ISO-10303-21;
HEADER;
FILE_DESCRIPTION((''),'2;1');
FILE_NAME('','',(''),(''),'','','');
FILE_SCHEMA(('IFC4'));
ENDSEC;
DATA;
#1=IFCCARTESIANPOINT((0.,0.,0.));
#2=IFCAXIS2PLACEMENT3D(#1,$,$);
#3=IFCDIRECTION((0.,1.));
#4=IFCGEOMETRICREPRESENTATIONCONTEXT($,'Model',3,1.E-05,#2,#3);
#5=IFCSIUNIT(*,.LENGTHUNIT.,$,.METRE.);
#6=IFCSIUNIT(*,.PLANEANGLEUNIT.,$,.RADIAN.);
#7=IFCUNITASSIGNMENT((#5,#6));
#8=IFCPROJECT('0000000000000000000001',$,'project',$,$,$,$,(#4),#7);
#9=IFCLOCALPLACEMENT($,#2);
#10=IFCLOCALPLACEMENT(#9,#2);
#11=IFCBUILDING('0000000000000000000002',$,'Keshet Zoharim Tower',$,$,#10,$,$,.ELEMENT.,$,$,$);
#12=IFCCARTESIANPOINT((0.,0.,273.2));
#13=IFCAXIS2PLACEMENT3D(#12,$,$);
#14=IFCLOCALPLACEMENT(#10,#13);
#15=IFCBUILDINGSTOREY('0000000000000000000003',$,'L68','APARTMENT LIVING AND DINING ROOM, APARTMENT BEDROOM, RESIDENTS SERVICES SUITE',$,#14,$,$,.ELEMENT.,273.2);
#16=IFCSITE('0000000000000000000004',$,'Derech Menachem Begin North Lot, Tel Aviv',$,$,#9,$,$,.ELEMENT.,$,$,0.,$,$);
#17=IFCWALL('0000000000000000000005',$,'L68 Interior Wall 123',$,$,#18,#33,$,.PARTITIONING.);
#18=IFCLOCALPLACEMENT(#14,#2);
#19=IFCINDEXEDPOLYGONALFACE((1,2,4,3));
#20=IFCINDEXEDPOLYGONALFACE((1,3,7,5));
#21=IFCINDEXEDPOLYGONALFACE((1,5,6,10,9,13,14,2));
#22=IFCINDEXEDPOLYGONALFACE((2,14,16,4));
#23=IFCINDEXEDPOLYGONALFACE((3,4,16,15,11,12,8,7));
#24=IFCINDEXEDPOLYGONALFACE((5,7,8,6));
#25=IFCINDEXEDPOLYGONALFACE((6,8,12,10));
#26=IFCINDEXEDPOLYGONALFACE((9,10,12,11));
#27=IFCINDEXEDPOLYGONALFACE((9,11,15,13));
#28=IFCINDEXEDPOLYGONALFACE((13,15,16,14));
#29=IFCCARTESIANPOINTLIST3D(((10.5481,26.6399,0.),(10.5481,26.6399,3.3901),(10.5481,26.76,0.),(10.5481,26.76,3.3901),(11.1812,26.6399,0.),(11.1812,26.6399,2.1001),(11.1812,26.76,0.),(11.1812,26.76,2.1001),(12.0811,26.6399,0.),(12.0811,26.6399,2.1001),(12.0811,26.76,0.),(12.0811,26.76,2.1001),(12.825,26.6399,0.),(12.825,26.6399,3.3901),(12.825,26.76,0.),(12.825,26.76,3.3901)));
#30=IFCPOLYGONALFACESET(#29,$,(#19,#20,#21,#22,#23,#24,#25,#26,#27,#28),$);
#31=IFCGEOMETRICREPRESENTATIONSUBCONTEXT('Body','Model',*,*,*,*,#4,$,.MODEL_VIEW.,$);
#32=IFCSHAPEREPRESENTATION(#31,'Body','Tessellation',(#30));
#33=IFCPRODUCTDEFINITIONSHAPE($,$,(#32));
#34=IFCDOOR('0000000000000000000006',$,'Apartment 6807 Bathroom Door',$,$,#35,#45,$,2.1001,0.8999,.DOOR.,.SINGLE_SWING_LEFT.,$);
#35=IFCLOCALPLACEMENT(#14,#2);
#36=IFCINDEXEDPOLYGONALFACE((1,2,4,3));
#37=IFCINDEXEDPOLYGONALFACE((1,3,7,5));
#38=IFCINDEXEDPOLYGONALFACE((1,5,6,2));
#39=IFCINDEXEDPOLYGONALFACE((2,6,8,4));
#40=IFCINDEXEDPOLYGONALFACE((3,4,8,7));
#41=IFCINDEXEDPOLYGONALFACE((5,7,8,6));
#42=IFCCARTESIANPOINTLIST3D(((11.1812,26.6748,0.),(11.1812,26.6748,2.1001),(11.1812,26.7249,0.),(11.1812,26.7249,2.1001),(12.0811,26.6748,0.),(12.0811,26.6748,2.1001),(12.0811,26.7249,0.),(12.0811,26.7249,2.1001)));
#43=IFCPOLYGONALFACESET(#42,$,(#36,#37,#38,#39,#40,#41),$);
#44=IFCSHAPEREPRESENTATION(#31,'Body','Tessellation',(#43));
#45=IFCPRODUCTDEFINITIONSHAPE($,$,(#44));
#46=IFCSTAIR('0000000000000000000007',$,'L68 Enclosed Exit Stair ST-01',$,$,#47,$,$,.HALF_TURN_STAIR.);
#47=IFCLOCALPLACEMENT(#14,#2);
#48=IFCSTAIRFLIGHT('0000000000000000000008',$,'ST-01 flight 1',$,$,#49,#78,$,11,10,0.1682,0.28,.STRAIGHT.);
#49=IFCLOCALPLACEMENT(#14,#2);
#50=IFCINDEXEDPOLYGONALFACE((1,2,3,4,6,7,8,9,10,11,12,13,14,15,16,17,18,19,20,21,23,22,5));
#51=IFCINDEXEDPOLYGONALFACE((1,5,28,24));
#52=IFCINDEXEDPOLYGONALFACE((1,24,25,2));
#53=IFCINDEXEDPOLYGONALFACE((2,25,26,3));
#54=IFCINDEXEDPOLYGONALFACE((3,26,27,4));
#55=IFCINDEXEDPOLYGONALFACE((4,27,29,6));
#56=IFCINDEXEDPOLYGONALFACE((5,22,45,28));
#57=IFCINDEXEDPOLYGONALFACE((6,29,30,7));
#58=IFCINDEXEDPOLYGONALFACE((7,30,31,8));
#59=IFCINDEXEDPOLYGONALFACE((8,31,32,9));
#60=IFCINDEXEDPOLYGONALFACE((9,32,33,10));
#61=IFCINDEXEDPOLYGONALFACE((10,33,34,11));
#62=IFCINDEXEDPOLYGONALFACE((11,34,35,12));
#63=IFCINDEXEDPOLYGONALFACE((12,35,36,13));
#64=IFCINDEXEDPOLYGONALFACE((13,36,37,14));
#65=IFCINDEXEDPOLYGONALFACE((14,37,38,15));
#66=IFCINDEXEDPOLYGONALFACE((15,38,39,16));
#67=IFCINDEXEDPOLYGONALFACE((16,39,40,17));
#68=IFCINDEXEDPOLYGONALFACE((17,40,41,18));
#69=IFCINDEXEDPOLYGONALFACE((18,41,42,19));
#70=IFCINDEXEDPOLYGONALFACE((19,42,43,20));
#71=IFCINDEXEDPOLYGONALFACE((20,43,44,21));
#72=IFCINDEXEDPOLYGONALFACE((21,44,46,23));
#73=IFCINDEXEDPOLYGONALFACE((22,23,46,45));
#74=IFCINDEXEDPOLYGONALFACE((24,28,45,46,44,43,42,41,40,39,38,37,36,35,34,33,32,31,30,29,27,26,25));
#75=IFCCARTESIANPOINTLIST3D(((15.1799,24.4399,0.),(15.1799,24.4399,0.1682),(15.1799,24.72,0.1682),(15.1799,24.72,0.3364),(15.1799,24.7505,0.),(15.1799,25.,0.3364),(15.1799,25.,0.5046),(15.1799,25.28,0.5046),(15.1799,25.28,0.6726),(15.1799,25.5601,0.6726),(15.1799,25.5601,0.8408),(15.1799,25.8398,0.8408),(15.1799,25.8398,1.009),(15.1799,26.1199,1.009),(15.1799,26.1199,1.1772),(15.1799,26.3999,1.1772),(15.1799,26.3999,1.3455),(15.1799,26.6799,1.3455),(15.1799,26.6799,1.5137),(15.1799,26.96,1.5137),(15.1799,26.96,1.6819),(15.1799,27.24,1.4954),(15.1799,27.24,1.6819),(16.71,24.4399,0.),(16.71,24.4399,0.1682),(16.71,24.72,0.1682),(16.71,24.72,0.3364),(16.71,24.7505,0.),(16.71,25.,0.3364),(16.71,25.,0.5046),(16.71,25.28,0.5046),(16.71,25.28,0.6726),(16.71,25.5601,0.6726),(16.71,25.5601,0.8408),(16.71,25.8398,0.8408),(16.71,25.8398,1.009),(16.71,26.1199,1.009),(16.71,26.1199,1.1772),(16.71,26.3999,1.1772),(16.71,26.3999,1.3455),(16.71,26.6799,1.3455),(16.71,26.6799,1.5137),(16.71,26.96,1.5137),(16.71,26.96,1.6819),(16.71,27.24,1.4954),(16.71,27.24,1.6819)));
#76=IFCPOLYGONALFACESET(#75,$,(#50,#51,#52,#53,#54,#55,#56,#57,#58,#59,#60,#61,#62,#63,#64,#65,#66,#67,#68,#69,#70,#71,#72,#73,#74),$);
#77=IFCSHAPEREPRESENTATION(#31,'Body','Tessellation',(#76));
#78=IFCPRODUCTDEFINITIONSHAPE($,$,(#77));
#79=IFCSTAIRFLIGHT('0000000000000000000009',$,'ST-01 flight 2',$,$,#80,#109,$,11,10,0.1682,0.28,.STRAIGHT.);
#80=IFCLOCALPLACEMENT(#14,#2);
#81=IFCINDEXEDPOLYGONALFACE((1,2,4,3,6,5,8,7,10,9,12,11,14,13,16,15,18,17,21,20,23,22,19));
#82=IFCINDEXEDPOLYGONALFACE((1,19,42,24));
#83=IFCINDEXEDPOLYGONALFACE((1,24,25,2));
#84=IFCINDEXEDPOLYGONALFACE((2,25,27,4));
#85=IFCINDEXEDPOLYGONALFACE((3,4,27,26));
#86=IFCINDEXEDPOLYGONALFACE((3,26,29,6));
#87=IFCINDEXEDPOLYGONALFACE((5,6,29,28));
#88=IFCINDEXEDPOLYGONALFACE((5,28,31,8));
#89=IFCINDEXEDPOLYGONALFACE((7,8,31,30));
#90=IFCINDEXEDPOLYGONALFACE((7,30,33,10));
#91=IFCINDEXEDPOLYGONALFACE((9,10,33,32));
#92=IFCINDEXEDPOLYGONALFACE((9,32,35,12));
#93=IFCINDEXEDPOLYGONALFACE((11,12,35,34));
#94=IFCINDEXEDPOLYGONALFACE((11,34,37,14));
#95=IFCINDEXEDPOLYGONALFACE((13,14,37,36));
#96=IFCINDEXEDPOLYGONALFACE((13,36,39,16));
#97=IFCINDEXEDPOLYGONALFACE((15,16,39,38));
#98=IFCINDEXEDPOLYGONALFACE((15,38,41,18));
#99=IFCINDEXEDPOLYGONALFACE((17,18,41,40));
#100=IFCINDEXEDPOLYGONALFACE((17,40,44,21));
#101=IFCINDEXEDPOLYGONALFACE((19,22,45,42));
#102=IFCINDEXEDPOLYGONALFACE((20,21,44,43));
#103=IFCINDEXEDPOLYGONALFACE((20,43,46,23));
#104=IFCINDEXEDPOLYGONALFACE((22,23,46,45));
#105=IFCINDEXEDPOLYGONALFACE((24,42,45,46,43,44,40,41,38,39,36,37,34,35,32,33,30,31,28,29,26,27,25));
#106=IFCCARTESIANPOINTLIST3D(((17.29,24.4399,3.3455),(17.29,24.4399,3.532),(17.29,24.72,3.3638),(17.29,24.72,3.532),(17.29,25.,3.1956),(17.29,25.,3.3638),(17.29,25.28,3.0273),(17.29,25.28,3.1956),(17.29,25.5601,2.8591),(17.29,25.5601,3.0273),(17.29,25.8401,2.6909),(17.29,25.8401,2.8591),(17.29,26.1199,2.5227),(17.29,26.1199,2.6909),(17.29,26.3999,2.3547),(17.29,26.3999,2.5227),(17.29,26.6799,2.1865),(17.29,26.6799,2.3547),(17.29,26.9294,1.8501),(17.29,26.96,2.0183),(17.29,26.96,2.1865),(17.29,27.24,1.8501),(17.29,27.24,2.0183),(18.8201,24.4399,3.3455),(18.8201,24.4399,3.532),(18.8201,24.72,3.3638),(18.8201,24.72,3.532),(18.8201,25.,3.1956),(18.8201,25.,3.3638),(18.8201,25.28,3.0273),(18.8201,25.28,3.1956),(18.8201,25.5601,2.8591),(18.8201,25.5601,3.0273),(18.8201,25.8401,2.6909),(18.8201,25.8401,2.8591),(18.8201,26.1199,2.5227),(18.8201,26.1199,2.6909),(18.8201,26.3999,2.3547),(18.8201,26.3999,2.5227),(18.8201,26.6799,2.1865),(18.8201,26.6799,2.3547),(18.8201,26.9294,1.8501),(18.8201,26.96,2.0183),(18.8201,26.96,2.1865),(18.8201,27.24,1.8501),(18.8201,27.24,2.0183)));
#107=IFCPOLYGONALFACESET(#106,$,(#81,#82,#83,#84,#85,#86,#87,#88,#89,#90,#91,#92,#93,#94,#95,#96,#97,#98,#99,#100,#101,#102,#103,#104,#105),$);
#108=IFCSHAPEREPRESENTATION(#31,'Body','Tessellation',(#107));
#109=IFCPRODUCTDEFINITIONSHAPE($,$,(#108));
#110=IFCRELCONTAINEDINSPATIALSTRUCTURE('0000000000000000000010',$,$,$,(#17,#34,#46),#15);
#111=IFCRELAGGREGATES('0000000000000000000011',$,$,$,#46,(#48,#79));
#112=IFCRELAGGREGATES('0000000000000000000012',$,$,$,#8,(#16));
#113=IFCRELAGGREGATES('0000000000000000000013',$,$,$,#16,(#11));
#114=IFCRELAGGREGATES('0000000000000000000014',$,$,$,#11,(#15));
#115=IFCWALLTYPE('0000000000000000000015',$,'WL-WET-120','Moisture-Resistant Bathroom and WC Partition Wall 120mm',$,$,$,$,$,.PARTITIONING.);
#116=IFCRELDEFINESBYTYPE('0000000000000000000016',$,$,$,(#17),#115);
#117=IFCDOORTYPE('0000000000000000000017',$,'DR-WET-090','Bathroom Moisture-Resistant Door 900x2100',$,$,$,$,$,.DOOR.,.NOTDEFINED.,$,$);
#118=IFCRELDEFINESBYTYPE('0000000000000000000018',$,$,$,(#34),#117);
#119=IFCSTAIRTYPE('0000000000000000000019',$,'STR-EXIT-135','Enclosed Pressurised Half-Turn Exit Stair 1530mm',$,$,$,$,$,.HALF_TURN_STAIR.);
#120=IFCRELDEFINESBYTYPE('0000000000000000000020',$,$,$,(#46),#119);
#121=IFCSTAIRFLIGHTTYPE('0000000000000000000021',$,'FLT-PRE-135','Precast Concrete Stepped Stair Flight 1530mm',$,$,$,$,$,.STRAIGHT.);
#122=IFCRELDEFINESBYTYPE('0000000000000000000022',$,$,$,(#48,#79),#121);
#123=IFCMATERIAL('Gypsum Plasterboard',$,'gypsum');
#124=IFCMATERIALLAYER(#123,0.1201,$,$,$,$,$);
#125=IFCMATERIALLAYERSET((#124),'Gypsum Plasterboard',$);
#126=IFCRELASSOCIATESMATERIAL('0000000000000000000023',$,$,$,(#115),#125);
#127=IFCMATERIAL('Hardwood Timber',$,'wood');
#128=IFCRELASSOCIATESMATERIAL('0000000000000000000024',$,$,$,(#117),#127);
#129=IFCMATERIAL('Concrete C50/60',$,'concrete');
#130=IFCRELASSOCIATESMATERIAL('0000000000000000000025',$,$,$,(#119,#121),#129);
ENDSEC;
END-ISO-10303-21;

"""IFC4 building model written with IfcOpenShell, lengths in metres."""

from ifc_helpers import new_model, si_unit, direction, frame, frame_2d, origin, place, context, subcontext, project, spatial, polyline, rectangle, outline, extrude, material, layer, layer_set, type_object, element, fill, aggregate, save


model = new_model("IFC4")

# Units and contexts
model_context = context("Model", 3, precision=1e-05, world=origin(), true_north=direction((0.0, 1.0)))
body_context = subcontext(model_context, "Body", "Model", "MODEL_VIEW")
ifc_project = project(units=[si_unit("LENGTHUNIT", "METRE"), si_unit("PLANEANGLEUNIT", "RADIAN")], contexts=[model_context])

# Site, building, storey
site_placement = place(None, origin())
site = spatial("IfcSite", under=ifc_project, at=site_placement, Name="Derech Menachem Begin North Lot, Tel Aviv", CompositionType="ELEMENT", RefElevation=0.0)
building_placement = place(site_placement, origin())
building = spatial("IfcBuilding", under=site, at=building_placement, Name="Keshet Zoharim Tower", CompositionType="ELEMENT")
storey_placement = place(building_placement, frame((0.0, 0.0, 273.2)))
storey = spatial("IfcBuildingStorey", under=building, at=storey_placement, Name="L68", Description="APARTMENT LIVING AND DINING ROOM, APARTMENT BEDROOM, RESIDENTS SERVICES SUITE", CompositionType="ELEMENT", Elevation=273.2)

# Shared definitions
ifc_material_1 = material(Name="Concrete C50/60", Category="concrete")

# Shared definitions
ifc_material_2 = material(Name="Hardwood Timber", Category="wood")

# Shared definitions
ifc_material_3 = material(Name="Gypsum Plasterboard", Category="gypsum")

# Shared definitions
ifc_layer_1 = layer(ifc_material_3, 0.1201)
ifc_layer_set_1 = layer_set([ifc_layer_1], Name="Gypsum Plasterboard")
wall_type_1 = type_object("IfcWallType", Name="WL-WET-120", Description="Moisture-Resistant Bathroom and WC Partition Wall 120mm", PredefinedType="PARTITIONING", material=ifc_layer_set_1)

# Shared definitions
door_type_1 = type_object("IfcDoorType", Name="DR-WET-090", Description="Bathroom Moisture-Resistant Door 900x2100", OperationType="NOTDEFINED", PredefinedType="DOOR", material=ifc_material_2)

# Wall, opening, door
wall_1_placement = place(storey_placement, frame((10.5481, 26.7, 0.0), z_axis=(0.0, 0.0, 1.0), x_axis=(1.0, 0.0, 0.0)))
wall_1 = element("IfcWall", 1, at=wall_1_placement, inside=storey, type_object=wall_type_1, Name="L68 Interior Wall 123", PredefinedType="PARTITIONING", context=body_context, shape_type="SweptSolid", body=[
    extrude(rectangle(XDim=2.2769, YDim=0.1201, at=frame_2d((1.1384, 0.0))), origin(), (0.0, 0.0, 1.0), 3.3901),
])
opening_1_placement = place(wall_1_placement, frame((0.6331, 0.0, 0.0)))
opening_1 = element("IfcOpeningElement", 2, at=opening_1_placement, cuts=wall_1, PredefinedType="OPENING", context=body_context, shape_type="SweptSolid", body=[
    extrude(rectangle(XDim=0.8999, YDim=2.1001, at=frame_2d((0.45, 1.05))), frame((0.0, 0.0701, 0.0), z_axis=(0.0, -1.0, 0.0), x_axis=(1.0, 0.0, 0.0)), (0.0, 0.0, 1.0), 0.1401),
])
door_1_placement = place(opening_1_placement, origin())
door_1 = element("IfcDoor", 3, at=door_1_placement, inside=storey, type_object=door_type_1, Name="Apartment 6807 Bathroom Door", OperationType="SINGLE_SWING_LEFT", OverallHeight=2.1001, OverallWidth=0.8999, PredefinedType="DOOR", context=body_context, shape_type="SweptSolid", body=[
    extrude(rectangle(XDim=0.8999, YDim=2.1001, at=frame_2d((0.45, 1.05))), frame((0.0, 0.0249, 0.0), z_axis=(0.0, -1.0, 0.0), x_axis=(1.0, 0.0, 0.0)), (0.0, 0.0, 1.0), 0.05),
])
fill(opening_1, door_1)

# Stair, stair flights
stair_type = type_object("IfcStairType", Name="STR-EXIT-135", Description="Enclosed Pressurised Half-Turn Exit Stair 1530mm", PredefinedType="HALF_TURN_STAIR", material=ifc_material_1)
stair_placement = place(storey_placement, origin())
stair = element("IfcStair", 4, at=stair_placement, inside=storey, type_object=stair_type, Name="L68 Enclosed Exit Stair ST-01", PredefinedType="HALF_TURN_STAIR")
stair_flight_type = type_object("IfcStairFlightType", Name="FLT-PRE-135", Description="Precast Concrete Stepped Stair Flight 1530mm", PredefinedType="STRAIGHT", material=ifc_material_1)
stair_flight_1_placement = place(storey_placement, frame((15.9451, 24.4399, 0.0), z_axis=(0.0, 0.0, 1.0), x_axis=(0.0, 1.0, 0.0)))
stair_flight_1 = element("IfcStairFlight", 5, at=stair_flight_1_placement, type_object=stair_flight_type, Name="ST-01 flight 1", NumberOfRisers=11, NumberOfTreads=10, PredefinedType="STRAIGHT", RiserHeight=0.1682, TreadLength=0.28, context=body_context, shape_type="SweptSolid", body=[
    extrude(outline(polyline([(0.0, 0.0), (0.0, 0.1682), (0.28, 0.1682), (0.28, 0.3364), (0.5601, 0.3364), (0.5601, 0.5046), (0.8401, 0.5046), (0.8401, 0.6726), (1.1201, 0.6726), (1.1201, 0.8408), (1.3999, 0.8408), (1.3999, 1.009), (1.6799, 1.009), (1.6799, 1.1772), (1.96, 1.1772), (1.96, 1.3455), (2.24, 1.3455), (2.24, 1.5137), (2.52, 1.5137), (2.52, 1.6819), (2.8, 1.6819), (2.8, 1.8501), (2.8, 1.4954), (0.3105, 0.0), (0.0, 0.0)])), frame((0.0, 0.7651, 0.0), z_axis=(0.0, -1.0, 0.0), x_axis=(1.0, 0.0, 0.0)), (0.0, 0.0, 1.0), 1.53),
])
stair_flight_2_placement = place(storey_placement, frame((18.0549, 27.24, 1.8501), z_axis=(0.0, 0.0, 1.0), x_axis=(0.0, -1.0, 0.0)))
stair_flight_2 = element("IfcStairFlight", 6, at=stair_flight_2_placement, type_object=stair_flight_type, Name="ST-01 flight 2", NumberOfRisers=11, NumberOfTreads=10, PredefinedType="STRAIGHT", RiserHeight=0.1682, TreadLength=0.28, context=body_context, shape_type="SweptSolid", body=[
    extrude(outline(polyline([(0.0, 0.0), (0.0, 0.1682), (0.28, 0.1682), (0.28, 0.3364), (0.5601, 0.3364), (0.5601, 0.5046), (0.8401, 0.5046), (0.8401, 0.6726), (1.1201, 0.6726), (1.1201, 0.8408), (1.3999, 0.8408), (1.3999, 1.009), (1.6799, 1.009), (1.6799, 1.1772), (1.96, 1.1772), (1.96, 1.3455), (2.24, 1.3455), (2.24, 1.5137), (2.52, 1.5137), (2.52, 1.6819), (2.8, 1.6819), (2.8, 1.8501), (2.8, 1.4954), (0.3105, 0.0), (0.0, 0.0)])), frame((0.0, 0.7651, 0.0), z_axis=(0.0, -1.0, 0.0), x_axis=(1.0, 0.0, 0.0)), (0.0, 0.0, 1.0), 1.53),
])
aggregate(stair, [stair_flight_1, stair_flight_2])

save(model, "model.ifc")
